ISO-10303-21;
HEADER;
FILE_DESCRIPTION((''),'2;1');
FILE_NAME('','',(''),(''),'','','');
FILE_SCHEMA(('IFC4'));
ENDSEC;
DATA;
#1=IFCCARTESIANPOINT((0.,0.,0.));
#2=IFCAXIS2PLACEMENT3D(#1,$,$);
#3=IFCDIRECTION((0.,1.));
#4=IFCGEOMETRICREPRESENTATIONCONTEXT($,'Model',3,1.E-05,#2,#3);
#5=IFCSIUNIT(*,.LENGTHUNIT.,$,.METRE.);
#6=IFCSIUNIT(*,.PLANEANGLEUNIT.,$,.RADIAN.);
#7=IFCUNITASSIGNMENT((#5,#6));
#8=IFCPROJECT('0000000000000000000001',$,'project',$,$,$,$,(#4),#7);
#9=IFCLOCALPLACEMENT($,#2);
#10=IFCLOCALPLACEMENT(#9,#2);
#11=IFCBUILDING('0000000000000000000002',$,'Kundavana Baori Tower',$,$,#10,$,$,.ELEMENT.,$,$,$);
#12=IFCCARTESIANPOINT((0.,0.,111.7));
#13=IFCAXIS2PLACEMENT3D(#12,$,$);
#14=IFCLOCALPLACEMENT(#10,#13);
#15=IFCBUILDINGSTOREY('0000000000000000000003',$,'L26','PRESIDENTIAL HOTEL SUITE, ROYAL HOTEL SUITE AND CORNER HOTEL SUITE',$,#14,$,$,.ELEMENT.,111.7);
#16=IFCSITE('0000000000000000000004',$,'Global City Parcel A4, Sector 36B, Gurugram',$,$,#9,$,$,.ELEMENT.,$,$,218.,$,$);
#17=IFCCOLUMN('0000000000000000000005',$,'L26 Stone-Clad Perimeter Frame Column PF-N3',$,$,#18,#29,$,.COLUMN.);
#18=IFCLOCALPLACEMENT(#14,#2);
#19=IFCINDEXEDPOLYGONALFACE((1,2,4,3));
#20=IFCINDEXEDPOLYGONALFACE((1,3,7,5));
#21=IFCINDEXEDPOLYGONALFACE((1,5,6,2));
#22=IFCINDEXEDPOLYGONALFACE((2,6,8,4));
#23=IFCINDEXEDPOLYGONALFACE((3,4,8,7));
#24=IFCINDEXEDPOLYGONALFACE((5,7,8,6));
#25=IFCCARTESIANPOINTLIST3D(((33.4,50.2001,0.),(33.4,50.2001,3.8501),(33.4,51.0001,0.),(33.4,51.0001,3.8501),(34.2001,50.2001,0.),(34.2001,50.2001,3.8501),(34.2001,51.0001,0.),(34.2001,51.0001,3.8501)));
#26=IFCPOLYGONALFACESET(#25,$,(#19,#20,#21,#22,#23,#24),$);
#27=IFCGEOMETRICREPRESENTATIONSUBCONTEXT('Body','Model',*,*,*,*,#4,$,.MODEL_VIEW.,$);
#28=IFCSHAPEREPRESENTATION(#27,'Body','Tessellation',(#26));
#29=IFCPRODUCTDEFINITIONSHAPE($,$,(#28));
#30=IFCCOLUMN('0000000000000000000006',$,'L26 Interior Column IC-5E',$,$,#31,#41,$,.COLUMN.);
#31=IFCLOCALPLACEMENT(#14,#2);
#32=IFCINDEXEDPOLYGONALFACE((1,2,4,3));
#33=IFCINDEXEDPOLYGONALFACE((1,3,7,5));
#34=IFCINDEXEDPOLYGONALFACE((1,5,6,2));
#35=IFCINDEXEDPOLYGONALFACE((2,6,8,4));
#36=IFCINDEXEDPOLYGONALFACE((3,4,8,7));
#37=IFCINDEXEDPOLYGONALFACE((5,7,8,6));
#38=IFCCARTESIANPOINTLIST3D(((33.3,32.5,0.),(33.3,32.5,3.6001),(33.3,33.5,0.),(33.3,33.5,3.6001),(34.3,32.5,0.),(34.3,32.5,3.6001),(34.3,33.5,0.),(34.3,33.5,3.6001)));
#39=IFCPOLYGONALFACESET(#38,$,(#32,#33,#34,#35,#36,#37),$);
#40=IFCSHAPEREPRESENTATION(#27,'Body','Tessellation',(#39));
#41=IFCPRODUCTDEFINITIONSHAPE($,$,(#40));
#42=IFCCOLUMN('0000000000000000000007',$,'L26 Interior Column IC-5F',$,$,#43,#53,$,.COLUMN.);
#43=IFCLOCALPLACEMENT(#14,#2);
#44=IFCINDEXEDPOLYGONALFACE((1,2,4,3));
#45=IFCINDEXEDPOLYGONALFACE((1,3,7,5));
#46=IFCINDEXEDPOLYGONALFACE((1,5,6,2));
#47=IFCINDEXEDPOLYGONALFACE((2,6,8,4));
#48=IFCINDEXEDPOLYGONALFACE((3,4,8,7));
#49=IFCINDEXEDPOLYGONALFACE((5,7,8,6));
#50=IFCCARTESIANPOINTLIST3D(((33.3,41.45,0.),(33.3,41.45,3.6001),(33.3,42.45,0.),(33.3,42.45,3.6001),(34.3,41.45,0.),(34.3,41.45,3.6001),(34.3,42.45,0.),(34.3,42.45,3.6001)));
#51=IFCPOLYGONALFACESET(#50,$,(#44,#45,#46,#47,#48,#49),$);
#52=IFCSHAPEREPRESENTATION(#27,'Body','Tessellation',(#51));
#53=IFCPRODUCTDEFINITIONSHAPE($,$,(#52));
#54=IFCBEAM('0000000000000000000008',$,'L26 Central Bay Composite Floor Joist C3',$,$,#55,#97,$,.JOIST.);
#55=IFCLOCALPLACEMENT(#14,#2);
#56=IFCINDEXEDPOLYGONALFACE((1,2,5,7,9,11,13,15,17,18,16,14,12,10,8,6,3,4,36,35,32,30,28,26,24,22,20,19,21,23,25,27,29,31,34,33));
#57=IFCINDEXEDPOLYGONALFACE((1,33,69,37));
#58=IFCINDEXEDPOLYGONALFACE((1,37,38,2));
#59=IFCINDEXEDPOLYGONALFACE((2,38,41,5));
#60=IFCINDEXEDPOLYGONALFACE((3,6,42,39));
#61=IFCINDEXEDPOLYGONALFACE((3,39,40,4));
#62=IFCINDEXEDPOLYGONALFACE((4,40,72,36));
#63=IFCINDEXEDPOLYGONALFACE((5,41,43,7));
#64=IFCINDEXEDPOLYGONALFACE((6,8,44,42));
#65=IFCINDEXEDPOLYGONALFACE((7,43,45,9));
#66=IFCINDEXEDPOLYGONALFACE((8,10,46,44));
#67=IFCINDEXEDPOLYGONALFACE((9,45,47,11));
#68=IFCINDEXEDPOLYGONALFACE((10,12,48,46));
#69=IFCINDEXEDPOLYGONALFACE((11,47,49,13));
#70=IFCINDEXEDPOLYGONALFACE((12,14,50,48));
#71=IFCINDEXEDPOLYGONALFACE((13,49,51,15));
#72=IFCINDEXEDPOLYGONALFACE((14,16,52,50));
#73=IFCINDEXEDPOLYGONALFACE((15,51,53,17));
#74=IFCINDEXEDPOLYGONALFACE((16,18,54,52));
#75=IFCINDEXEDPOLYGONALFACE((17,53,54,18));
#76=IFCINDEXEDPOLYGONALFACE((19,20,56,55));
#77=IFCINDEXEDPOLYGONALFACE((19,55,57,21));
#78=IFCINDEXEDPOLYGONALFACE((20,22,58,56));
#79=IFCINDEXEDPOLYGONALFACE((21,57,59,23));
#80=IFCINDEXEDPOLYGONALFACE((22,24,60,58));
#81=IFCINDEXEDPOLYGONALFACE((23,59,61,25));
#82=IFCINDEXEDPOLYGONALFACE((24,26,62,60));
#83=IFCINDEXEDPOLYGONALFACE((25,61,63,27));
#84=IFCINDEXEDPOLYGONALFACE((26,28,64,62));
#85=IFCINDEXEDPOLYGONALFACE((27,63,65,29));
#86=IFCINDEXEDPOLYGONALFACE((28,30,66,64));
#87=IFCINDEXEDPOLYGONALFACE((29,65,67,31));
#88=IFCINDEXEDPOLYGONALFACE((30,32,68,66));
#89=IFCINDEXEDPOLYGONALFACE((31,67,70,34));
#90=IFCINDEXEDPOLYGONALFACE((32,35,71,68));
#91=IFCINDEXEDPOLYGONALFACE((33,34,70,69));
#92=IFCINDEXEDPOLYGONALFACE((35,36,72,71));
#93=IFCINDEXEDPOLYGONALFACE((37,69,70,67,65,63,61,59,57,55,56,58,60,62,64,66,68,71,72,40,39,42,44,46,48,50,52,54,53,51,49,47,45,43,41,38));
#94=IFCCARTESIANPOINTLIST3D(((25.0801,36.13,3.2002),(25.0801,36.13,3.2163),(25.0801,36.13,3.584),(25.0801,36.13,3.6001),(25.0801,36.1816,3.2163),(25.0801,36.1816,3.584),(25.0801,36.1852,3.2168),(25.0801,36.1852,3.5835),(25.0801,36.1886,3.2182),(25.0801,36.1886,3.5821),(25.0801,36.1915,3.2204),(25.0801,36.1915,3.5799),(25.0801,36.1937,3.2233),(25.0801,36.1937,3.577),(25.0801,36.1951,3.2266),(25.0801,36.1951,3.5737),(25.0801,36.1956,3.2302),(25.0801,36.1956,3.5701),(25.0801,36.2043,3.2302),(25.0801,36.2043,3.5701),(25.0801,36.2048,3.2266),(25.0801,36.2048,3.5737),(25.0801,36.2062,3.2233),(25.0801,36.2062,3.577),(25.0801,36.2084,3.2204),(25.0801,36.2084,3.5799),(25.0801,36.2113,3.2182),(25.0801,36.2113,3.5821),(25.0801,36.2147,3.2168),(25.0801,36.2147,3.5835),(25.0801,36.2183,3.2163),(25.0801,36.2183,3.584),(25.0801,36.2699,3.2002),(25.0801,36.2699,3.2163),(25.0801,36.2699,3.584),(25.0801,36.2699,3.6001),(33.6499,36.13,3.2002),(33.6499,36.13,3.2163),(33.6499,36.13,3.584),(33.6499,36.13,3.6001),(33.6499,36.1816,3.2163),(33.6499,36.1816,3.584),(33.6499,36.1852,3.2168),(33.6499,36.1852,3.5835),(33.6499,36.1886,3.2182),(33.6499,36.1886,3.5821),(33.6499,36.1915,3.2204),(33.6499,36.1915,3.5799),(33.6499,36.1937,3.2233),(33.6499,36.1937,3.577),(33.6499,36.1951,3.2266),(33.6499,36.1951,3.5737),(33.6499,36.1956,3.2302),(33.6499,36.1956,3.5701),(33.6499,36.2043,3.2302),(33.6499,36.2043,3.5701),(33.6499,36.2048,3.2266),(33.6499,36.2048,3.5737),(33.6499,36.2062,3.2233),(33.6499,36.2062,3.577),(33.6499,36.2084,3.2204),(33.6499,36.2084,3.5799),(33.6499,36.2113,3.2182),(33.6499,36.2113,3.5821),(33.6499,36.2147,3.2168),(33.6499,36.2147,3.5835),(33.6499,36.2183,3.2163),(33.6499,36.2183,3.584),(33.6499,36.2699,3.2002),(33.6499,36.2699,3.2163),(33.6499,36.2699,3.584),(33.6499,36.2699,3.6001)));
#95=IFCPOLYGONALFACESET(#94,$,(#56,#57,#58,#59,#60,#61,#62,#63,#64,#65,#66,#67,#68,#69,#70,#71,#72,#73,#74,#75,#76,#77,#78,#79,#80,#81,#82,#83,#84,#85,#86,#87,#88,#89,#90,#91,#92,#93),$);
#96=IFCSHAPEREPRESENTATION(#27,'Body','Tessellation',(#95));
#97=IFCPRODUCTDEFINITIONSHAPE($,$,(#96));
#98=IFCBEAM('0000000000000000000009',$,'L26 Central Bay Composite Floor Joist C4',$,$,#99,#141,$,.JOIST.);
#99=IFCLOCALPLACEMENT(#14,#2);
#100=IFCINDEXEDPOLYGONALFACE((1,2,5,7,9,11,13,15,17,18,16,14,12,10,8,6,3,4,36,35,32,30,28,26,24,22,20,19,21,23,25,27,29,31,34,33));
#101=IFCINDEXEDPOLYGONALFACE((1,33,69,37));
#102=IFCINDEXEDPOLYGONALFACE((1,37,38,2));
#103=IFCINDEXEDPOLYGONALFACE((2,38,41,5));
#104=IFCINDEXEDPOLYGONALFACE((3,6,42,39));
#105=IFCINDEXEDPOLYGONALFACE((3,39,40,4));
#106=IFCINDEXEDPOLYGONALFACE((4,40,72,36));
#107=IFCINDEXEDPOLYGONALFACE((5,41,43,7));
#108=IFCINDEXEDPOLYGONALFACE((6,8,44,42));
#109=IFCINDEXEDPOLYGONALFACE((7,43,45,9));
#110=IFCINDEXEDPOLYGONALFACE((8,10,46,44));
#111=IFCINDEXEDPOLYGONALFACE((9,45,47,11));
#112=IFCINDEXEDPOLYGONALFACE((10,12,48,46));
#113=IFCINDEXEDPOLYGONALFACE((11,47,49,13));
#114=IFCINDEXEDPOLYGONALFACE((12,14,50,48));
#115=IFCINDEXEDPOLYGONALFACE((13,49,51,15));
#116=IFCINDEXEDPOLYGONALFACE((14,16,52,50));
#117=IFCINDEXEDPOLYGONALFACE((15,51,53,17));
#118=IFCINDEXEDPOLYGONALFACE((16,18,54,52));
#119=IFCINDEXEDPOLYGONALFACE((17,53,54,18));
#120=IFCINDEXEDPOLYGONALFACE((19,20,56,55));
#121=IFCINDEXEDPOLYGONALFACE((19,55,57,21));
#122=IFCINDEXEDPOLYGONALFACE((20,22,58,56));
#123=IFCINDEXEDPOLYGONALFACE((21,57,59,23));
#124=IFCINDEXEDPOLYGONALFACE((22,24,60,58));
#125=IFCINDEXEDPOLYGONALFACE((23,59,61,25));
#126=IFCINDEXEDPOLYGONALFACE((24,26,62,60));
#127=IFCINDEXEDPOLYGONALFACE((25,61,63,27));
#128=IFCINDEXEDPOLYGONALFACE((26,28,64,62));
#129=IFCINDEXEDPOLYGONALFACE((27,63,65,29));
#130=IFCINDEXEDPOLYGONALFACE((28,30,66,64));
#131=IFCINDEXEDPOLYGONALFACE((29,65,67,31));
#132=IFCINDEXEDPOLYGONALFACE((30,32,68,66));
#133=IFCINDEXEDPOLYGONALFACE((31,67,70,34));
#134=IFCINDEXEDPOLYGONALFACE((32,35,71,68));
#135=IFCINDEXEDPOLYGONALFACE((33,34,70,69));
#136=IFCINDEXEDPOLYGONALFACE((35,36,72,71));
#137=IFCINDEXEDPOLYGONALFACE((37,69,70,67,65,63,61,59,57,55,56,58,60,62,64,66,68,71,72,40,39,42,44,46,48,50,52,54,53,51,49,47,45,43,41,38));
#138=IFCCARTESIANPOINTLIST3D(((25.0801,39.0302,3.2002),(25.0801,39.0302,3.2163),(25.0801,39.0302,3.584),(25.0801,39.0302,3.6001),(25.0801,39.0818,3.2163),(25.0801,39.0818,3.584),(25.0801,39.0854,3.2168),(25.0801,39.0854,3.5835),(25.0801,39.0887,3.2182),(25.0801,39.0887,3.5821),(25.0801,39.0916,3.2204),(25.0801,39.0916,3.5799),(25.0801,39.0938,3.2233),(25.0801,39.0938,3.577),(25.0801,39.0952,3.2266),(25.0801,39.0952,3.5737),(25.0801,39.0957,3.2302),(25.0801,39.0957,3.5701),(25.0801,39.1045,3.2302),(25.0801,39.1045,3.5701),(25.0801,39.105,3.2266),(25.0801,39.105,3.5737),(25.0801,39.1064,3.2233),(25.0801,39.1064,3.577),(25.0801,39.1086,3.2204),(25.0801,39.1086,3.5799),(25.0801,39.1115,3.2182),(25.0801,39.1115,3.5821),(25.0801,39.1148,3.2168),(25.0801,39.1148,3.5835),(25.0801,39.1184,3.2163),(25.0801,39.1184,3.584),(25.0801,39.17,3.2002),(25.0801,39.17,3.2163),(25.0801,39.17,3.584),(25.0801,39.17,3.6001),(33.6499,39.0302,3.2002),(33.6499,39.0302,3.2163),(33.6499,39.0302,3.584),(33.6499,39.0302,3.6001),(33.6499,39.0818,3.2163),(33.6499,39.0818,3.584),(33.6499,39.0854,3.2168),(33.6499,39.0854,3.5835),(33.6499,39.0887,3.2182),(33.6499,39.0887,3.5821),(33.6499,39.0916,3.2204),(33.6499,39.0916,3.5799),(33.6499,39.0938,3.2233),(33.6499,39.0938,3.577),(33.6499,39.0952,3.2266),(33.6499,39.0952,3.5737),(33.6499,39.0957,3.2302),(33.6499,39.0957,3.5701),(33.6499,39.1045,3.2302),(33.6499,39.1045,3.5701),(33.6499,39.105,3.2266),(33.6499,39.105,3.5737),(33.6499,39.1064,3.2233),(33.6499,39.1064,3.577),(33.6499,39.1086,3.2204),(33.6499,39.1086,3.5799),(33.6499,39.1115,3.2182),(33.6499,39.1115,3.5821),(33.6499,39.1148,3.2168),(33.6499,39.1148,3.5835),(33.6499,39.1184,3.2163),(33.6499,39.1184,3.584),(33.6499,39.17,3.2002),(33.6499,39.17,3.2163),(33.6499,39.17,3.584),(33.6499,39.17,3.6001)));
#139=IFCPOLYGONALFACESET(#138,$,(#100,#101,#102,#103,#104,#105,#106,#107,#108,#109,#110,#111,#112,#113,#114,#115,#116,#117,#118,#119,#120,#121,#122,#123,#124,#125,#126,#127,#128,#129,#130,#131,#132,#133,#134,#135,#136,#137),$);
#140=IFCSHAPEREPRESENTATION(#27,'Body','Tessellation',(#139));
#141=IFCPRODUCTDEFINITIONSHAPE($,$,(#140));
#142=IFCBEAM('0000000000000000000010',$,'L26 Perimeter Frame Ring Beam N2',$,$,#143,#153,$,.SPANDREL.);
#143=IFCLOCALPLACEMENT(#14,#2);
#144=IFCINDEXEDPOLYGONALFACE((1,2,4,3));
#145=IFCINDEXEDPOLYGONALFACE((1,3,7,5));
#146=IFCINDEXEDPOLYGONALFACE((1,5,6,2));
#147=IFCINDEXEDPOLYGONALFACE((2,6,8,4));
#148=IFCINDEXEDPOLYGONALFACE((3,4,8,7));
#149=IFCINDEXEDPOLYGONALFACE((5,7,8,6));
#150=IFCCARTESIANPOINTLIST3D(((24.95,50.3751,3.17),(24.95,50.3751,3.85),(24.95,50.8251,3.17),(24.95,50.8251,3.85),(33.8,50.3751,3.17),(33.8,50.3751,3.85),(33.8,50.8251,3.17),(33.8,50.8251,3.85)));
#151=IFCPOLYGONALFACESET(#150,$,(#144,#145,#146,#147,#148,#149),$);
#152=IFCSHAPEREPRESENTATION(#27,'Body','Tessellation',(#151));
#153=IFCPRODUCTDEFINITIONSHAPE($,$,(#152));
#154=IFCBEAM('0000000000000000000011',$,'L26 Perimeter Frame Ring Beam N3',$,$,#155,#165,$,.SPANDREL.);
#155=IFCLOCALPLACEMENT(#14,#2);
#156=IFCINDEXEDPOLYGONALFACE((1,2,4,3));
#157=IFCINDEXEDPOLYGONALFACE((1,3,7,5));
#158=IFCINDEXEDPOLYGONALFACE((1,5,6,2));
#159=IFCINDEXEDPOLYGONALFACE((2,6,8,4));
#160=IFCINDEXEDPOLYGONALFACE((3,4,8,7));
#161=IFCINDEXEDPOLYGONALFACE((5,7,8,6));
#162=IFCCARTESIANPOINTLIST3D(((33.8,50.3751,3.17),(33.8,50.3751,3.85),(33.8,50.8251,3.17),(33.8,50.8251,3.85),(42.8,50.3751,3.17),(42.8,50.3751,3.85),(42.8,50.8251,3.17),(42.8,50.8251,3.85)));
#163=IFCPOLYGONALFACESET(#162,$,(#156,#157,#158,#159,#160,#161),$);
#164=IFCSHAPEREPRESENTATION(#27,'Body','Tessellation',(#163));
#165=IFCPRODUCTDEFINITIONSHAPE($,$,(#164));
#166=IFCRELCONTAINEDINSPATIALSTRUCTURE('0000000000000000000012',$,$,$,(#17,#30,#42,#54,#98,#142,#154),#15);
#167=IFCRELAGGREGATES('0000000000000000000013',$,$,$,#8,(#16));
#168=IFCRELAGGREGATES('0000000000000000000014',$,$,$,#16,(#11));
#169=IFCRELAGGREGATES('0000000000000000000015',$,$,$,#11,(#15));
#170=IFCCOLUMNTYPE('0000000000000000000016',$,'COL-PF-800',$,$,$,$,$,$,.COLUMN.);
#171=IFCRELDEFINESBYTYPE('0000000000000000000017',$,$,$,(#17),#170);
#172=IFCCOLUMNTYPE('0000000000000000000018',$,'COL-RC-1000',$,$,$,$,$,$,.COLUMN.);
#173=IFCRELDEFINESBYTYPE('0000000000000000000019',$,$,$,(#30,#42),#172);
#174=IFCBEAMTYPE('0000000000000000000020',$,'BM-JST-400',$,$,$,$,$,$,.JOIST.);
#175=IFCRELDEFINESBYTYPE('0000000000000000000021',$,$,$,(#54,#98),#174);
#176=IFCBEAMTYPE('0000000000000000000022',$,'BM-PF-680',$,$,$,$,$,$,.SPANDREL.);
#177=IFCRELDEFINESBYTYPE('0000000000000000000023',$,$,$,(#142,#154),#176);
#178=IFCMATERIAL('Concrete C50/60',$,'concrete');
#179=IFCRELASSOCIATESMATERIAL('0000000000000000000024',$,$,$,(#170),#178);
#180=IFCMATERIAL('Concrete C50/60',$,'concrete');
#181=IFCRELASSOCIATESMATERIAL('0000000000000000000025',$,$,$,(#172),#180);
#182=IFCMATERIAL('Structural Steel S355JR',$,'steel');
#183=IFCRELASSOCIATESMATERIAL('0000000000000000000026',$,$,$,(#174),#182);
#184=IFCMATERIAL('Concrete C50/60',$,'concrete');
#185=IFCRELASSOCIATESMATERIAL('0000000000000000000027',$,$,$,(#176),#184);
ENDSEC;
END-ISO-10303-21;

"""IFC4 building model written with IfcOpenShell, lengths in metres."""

from ifc_helpers import new_model, si_unit, direction, frame, origin, origin_2d, place, context, subcontext, project, spatial, rectangle, i_section, extrude, material, material_profile, profile_set, type_object, element, save


model = new_model("IFC4")

# Units and contexts
model_context = context("Model", 3, precision=1e-05, world=origin(), true_north=direction((0.0, 1.0)))
body_context = subcontext(model_context, "Body", "Model", "MODEL_VIEW")
ifc_project = project(units=[si_unit("LENGTHUNIT", "METRE"), si_unit("PLANEANGLEUNIT", "RADIAN")], contexts=[model_context])

# Site, building, storey
site_placement = place(None, origin())
site = spatial("IfcSite", under=ifc_project, at=site_placement, Name="Global City Parcel A4, Sector 36B, Gurugram", CompositionType="ELEMENT", RefElevation=218.0)
building_placement = place(site_placement, origin())
building = spatial("IfcBuilding", under=site, at=building_placement, Name="Kundavana Baori Tower", CompositionType="ELEMENT")
storey_placement = place(building_placement, frame((0.0, 0.0, 111.7)))
storey = spatial("IfcBuildingStorey", under=building, at=storey_placement, Name="L26", Description="PRESIDENTIAL HOTEL SUITE, ROYAL HOTEL SUITE AND CORNER HOTEL SUITE", CompositionType="ELEMENT", Elevation=111.7)

# Columns
ifc_material_1 = material(Name="Concrete C50/60", Category="concrete")
ifc_material_profile_1 = material_profile(ifc_material_1, rectangle(XDim=0.8, YDim=0.8, at=origin_2d()), Name="RC PF 800x800")
ifc_profile_set_1 = profile_set([ifc_material_profile_1], Name="Concrete C50/60")
column_type_1 = type_object("IfcColumnType", Name="COL-PF-800", PredefinedType="COLUMN", material=ifc_profile_set_1)
column_placement = place(storey_placement, frame((33.8, 50.6001, 0.0), z_axis=(0.0, 0.0, 1.0), x_axis=(1.0, 0.0, 0.0)))
element("IfcColumn", 1, at=column_placement, inside=storey, type_object=column_type_1, Name="L26 Stone-Clad Perimeter Frame Column PF-N3", PredefinedType="COLUMN", context=body_context, shape_type="SweptSolid", body=[
    extrude(rectangle(XDim=0.8, YDim=0.8, at=origin_2d()), origin(), (0.0, 0.0, 1.0), 3.8501),
])
ifc_material_2 = material(Name="Concrete C50/60", Category="concrete")
ifc_material_profile_2 = material_profile(ifc_material_2, rectangle(XDim=1.0, YDim=1.0, at=origin_2d()), Name="RC 1000x1000")
ifc_profile_set_2 = profile_set([ifc_material_profile_2], Name="Concrete C50/60")
column_type_2 = type_object("IfcColumnType", Name="COL-RC-1000", PredefinedType="COLUMN", material=ifc_profile_set_2)
for number, where, z_axis, x_axis, name in (
    (2, (33.8, 33.0, 0.0), (0.0, 0.0, 1.0), (1.0, 0.0, 0.0), "L26 Interior Column IC-5E"),
    (3, (33.8, 41.95, 0.0), (0.0, 0.0, 1.0), (1.0, 0.0, 0.0), "L26 Interior Column IC-5F"),
):
    element("IfcColumn", number, at=place(storey_placement, frame(where, z_axis=z_axis, x_axis=x_axis)), inside=storey, type_object=column_type_2, Name=name, PredefinedType="COLUMN", context=body_context, shape_type="SweptSolid", body=[
        extrude(rectangle(XDim=1.0, YDim=1.0, at=origin_2d()), origin(), (0.0, 0.0, 1.0), 3.6001),
    ])

# Beams
ifc_material_3 = material(Name="Structural Steel S355JR", Category="steel")
ifc_material_profile_3 = material_profile(ifc_material_3, i_section(OverallWidth=0.1399, OverallDepth=0.3999, WebThickness=0.0088, FlangeThickness=0.0161, FilletRadius=0.0139, at=origin_2d()), Name="ISMB 400")
ifc_profile_set_3 = profile_set([ifc_material_profile_3], Name="Structural Steel S355JR")
beam_type_1 = type_object("IfcBeamType", Name="BM-JST-400", PredefinedType="JOIST", material=ifc_profile_set_3)
for number, where, z_axis, x_axis, name in (
    (4, (25.0801, 36.2, 3.4001), (1.0, 0.0, 0.0), (0.0, 1.0, 0.0), "L26 Central Bay Composite Floor Joist C3"),
    (5, (25.0801, 39.1001, 3.4001), (1.0, 0.0, 0.0), (0.0, 1.0, 0.0), "L26 Central Bay Composite Floor Joist C4"),
):
    element("IfcBeam", number, at=place(storey_placement, frame(where, z_axis=z_axis, x_axis=x_axis)), inside=storey, type_object=beam_type_1, Name=name, PredefinedType="JOIST", context=body_context, shape_type="SweptSolid", body=[
        extrude(i_section(OverallWidth=0.1399, OverallDepth=0.3999, WebThickness=0.0088, FlangeThickness=0.0161, FilletRadius=0.0139, at=origin_2d()), origin(), (0.0, 0.0, 1.0), 8.5698),
    ])
ifc_material_4 = material(Name="Concrete C50/60", Category="concrete")
ifc_material_profile_4 = material_profile(ifc_material_4, rectangle(XDim=0.45, YDim=0.6799, at=origin_2d()), Name="RC BM 450x680")
ifc_profile_set_4 = profile_set([ifc_material_profile_4], Name="Concrete C50/60")
beam_type_2 = type_object("IfcBeamType", Name="BM-PF-680", PredefinedType="SPANDREL", material=ifc_profile_set_4)
beam_1_placement = place(storey_placement, frame((24.95, 50.6001, 3.51), z_axis=(1.0, 0.0, 0.0), x_axis=(0.0, 1.0, 0.0)))
element("IfcBeam", 6, at=beam_1_placement, inside=storey, type_object=beam_type_2, Name="L26 Perimeter Frame Ring Beam N2", PredefinedType="SPANDREL", context=body_context, shape_type="SweptSolid", body=[
    extrude(rectangle(XDim=0.45, YDim=0.6799, at=origin_2d()), origin(), (0.0, 0.0, 1.0), 8.8501),
])
beam_2_placement = place(storey_placement, frame((33.8, 50.6001, 3.51), z_axis=(1.0, 0.0, 0.0), x_axis=(0.0, 1.0, 0.0)))
element("IfcBeam", 7, at=beam_2_placement, inside=storey, type_object=beam_type_2, Name="L26 Perimeter Frame Ring Beam N3", PredefinedType="SPANDREL", context=body_context, shape_type="SweptSolid", body=[
    extrude(rectangle(XDim=0.45, YDim=0.6799, at=origin_2d()), origin(), (0.0, 0.0, 1.0), 9.0),
])

save(model, "model.ifc")
